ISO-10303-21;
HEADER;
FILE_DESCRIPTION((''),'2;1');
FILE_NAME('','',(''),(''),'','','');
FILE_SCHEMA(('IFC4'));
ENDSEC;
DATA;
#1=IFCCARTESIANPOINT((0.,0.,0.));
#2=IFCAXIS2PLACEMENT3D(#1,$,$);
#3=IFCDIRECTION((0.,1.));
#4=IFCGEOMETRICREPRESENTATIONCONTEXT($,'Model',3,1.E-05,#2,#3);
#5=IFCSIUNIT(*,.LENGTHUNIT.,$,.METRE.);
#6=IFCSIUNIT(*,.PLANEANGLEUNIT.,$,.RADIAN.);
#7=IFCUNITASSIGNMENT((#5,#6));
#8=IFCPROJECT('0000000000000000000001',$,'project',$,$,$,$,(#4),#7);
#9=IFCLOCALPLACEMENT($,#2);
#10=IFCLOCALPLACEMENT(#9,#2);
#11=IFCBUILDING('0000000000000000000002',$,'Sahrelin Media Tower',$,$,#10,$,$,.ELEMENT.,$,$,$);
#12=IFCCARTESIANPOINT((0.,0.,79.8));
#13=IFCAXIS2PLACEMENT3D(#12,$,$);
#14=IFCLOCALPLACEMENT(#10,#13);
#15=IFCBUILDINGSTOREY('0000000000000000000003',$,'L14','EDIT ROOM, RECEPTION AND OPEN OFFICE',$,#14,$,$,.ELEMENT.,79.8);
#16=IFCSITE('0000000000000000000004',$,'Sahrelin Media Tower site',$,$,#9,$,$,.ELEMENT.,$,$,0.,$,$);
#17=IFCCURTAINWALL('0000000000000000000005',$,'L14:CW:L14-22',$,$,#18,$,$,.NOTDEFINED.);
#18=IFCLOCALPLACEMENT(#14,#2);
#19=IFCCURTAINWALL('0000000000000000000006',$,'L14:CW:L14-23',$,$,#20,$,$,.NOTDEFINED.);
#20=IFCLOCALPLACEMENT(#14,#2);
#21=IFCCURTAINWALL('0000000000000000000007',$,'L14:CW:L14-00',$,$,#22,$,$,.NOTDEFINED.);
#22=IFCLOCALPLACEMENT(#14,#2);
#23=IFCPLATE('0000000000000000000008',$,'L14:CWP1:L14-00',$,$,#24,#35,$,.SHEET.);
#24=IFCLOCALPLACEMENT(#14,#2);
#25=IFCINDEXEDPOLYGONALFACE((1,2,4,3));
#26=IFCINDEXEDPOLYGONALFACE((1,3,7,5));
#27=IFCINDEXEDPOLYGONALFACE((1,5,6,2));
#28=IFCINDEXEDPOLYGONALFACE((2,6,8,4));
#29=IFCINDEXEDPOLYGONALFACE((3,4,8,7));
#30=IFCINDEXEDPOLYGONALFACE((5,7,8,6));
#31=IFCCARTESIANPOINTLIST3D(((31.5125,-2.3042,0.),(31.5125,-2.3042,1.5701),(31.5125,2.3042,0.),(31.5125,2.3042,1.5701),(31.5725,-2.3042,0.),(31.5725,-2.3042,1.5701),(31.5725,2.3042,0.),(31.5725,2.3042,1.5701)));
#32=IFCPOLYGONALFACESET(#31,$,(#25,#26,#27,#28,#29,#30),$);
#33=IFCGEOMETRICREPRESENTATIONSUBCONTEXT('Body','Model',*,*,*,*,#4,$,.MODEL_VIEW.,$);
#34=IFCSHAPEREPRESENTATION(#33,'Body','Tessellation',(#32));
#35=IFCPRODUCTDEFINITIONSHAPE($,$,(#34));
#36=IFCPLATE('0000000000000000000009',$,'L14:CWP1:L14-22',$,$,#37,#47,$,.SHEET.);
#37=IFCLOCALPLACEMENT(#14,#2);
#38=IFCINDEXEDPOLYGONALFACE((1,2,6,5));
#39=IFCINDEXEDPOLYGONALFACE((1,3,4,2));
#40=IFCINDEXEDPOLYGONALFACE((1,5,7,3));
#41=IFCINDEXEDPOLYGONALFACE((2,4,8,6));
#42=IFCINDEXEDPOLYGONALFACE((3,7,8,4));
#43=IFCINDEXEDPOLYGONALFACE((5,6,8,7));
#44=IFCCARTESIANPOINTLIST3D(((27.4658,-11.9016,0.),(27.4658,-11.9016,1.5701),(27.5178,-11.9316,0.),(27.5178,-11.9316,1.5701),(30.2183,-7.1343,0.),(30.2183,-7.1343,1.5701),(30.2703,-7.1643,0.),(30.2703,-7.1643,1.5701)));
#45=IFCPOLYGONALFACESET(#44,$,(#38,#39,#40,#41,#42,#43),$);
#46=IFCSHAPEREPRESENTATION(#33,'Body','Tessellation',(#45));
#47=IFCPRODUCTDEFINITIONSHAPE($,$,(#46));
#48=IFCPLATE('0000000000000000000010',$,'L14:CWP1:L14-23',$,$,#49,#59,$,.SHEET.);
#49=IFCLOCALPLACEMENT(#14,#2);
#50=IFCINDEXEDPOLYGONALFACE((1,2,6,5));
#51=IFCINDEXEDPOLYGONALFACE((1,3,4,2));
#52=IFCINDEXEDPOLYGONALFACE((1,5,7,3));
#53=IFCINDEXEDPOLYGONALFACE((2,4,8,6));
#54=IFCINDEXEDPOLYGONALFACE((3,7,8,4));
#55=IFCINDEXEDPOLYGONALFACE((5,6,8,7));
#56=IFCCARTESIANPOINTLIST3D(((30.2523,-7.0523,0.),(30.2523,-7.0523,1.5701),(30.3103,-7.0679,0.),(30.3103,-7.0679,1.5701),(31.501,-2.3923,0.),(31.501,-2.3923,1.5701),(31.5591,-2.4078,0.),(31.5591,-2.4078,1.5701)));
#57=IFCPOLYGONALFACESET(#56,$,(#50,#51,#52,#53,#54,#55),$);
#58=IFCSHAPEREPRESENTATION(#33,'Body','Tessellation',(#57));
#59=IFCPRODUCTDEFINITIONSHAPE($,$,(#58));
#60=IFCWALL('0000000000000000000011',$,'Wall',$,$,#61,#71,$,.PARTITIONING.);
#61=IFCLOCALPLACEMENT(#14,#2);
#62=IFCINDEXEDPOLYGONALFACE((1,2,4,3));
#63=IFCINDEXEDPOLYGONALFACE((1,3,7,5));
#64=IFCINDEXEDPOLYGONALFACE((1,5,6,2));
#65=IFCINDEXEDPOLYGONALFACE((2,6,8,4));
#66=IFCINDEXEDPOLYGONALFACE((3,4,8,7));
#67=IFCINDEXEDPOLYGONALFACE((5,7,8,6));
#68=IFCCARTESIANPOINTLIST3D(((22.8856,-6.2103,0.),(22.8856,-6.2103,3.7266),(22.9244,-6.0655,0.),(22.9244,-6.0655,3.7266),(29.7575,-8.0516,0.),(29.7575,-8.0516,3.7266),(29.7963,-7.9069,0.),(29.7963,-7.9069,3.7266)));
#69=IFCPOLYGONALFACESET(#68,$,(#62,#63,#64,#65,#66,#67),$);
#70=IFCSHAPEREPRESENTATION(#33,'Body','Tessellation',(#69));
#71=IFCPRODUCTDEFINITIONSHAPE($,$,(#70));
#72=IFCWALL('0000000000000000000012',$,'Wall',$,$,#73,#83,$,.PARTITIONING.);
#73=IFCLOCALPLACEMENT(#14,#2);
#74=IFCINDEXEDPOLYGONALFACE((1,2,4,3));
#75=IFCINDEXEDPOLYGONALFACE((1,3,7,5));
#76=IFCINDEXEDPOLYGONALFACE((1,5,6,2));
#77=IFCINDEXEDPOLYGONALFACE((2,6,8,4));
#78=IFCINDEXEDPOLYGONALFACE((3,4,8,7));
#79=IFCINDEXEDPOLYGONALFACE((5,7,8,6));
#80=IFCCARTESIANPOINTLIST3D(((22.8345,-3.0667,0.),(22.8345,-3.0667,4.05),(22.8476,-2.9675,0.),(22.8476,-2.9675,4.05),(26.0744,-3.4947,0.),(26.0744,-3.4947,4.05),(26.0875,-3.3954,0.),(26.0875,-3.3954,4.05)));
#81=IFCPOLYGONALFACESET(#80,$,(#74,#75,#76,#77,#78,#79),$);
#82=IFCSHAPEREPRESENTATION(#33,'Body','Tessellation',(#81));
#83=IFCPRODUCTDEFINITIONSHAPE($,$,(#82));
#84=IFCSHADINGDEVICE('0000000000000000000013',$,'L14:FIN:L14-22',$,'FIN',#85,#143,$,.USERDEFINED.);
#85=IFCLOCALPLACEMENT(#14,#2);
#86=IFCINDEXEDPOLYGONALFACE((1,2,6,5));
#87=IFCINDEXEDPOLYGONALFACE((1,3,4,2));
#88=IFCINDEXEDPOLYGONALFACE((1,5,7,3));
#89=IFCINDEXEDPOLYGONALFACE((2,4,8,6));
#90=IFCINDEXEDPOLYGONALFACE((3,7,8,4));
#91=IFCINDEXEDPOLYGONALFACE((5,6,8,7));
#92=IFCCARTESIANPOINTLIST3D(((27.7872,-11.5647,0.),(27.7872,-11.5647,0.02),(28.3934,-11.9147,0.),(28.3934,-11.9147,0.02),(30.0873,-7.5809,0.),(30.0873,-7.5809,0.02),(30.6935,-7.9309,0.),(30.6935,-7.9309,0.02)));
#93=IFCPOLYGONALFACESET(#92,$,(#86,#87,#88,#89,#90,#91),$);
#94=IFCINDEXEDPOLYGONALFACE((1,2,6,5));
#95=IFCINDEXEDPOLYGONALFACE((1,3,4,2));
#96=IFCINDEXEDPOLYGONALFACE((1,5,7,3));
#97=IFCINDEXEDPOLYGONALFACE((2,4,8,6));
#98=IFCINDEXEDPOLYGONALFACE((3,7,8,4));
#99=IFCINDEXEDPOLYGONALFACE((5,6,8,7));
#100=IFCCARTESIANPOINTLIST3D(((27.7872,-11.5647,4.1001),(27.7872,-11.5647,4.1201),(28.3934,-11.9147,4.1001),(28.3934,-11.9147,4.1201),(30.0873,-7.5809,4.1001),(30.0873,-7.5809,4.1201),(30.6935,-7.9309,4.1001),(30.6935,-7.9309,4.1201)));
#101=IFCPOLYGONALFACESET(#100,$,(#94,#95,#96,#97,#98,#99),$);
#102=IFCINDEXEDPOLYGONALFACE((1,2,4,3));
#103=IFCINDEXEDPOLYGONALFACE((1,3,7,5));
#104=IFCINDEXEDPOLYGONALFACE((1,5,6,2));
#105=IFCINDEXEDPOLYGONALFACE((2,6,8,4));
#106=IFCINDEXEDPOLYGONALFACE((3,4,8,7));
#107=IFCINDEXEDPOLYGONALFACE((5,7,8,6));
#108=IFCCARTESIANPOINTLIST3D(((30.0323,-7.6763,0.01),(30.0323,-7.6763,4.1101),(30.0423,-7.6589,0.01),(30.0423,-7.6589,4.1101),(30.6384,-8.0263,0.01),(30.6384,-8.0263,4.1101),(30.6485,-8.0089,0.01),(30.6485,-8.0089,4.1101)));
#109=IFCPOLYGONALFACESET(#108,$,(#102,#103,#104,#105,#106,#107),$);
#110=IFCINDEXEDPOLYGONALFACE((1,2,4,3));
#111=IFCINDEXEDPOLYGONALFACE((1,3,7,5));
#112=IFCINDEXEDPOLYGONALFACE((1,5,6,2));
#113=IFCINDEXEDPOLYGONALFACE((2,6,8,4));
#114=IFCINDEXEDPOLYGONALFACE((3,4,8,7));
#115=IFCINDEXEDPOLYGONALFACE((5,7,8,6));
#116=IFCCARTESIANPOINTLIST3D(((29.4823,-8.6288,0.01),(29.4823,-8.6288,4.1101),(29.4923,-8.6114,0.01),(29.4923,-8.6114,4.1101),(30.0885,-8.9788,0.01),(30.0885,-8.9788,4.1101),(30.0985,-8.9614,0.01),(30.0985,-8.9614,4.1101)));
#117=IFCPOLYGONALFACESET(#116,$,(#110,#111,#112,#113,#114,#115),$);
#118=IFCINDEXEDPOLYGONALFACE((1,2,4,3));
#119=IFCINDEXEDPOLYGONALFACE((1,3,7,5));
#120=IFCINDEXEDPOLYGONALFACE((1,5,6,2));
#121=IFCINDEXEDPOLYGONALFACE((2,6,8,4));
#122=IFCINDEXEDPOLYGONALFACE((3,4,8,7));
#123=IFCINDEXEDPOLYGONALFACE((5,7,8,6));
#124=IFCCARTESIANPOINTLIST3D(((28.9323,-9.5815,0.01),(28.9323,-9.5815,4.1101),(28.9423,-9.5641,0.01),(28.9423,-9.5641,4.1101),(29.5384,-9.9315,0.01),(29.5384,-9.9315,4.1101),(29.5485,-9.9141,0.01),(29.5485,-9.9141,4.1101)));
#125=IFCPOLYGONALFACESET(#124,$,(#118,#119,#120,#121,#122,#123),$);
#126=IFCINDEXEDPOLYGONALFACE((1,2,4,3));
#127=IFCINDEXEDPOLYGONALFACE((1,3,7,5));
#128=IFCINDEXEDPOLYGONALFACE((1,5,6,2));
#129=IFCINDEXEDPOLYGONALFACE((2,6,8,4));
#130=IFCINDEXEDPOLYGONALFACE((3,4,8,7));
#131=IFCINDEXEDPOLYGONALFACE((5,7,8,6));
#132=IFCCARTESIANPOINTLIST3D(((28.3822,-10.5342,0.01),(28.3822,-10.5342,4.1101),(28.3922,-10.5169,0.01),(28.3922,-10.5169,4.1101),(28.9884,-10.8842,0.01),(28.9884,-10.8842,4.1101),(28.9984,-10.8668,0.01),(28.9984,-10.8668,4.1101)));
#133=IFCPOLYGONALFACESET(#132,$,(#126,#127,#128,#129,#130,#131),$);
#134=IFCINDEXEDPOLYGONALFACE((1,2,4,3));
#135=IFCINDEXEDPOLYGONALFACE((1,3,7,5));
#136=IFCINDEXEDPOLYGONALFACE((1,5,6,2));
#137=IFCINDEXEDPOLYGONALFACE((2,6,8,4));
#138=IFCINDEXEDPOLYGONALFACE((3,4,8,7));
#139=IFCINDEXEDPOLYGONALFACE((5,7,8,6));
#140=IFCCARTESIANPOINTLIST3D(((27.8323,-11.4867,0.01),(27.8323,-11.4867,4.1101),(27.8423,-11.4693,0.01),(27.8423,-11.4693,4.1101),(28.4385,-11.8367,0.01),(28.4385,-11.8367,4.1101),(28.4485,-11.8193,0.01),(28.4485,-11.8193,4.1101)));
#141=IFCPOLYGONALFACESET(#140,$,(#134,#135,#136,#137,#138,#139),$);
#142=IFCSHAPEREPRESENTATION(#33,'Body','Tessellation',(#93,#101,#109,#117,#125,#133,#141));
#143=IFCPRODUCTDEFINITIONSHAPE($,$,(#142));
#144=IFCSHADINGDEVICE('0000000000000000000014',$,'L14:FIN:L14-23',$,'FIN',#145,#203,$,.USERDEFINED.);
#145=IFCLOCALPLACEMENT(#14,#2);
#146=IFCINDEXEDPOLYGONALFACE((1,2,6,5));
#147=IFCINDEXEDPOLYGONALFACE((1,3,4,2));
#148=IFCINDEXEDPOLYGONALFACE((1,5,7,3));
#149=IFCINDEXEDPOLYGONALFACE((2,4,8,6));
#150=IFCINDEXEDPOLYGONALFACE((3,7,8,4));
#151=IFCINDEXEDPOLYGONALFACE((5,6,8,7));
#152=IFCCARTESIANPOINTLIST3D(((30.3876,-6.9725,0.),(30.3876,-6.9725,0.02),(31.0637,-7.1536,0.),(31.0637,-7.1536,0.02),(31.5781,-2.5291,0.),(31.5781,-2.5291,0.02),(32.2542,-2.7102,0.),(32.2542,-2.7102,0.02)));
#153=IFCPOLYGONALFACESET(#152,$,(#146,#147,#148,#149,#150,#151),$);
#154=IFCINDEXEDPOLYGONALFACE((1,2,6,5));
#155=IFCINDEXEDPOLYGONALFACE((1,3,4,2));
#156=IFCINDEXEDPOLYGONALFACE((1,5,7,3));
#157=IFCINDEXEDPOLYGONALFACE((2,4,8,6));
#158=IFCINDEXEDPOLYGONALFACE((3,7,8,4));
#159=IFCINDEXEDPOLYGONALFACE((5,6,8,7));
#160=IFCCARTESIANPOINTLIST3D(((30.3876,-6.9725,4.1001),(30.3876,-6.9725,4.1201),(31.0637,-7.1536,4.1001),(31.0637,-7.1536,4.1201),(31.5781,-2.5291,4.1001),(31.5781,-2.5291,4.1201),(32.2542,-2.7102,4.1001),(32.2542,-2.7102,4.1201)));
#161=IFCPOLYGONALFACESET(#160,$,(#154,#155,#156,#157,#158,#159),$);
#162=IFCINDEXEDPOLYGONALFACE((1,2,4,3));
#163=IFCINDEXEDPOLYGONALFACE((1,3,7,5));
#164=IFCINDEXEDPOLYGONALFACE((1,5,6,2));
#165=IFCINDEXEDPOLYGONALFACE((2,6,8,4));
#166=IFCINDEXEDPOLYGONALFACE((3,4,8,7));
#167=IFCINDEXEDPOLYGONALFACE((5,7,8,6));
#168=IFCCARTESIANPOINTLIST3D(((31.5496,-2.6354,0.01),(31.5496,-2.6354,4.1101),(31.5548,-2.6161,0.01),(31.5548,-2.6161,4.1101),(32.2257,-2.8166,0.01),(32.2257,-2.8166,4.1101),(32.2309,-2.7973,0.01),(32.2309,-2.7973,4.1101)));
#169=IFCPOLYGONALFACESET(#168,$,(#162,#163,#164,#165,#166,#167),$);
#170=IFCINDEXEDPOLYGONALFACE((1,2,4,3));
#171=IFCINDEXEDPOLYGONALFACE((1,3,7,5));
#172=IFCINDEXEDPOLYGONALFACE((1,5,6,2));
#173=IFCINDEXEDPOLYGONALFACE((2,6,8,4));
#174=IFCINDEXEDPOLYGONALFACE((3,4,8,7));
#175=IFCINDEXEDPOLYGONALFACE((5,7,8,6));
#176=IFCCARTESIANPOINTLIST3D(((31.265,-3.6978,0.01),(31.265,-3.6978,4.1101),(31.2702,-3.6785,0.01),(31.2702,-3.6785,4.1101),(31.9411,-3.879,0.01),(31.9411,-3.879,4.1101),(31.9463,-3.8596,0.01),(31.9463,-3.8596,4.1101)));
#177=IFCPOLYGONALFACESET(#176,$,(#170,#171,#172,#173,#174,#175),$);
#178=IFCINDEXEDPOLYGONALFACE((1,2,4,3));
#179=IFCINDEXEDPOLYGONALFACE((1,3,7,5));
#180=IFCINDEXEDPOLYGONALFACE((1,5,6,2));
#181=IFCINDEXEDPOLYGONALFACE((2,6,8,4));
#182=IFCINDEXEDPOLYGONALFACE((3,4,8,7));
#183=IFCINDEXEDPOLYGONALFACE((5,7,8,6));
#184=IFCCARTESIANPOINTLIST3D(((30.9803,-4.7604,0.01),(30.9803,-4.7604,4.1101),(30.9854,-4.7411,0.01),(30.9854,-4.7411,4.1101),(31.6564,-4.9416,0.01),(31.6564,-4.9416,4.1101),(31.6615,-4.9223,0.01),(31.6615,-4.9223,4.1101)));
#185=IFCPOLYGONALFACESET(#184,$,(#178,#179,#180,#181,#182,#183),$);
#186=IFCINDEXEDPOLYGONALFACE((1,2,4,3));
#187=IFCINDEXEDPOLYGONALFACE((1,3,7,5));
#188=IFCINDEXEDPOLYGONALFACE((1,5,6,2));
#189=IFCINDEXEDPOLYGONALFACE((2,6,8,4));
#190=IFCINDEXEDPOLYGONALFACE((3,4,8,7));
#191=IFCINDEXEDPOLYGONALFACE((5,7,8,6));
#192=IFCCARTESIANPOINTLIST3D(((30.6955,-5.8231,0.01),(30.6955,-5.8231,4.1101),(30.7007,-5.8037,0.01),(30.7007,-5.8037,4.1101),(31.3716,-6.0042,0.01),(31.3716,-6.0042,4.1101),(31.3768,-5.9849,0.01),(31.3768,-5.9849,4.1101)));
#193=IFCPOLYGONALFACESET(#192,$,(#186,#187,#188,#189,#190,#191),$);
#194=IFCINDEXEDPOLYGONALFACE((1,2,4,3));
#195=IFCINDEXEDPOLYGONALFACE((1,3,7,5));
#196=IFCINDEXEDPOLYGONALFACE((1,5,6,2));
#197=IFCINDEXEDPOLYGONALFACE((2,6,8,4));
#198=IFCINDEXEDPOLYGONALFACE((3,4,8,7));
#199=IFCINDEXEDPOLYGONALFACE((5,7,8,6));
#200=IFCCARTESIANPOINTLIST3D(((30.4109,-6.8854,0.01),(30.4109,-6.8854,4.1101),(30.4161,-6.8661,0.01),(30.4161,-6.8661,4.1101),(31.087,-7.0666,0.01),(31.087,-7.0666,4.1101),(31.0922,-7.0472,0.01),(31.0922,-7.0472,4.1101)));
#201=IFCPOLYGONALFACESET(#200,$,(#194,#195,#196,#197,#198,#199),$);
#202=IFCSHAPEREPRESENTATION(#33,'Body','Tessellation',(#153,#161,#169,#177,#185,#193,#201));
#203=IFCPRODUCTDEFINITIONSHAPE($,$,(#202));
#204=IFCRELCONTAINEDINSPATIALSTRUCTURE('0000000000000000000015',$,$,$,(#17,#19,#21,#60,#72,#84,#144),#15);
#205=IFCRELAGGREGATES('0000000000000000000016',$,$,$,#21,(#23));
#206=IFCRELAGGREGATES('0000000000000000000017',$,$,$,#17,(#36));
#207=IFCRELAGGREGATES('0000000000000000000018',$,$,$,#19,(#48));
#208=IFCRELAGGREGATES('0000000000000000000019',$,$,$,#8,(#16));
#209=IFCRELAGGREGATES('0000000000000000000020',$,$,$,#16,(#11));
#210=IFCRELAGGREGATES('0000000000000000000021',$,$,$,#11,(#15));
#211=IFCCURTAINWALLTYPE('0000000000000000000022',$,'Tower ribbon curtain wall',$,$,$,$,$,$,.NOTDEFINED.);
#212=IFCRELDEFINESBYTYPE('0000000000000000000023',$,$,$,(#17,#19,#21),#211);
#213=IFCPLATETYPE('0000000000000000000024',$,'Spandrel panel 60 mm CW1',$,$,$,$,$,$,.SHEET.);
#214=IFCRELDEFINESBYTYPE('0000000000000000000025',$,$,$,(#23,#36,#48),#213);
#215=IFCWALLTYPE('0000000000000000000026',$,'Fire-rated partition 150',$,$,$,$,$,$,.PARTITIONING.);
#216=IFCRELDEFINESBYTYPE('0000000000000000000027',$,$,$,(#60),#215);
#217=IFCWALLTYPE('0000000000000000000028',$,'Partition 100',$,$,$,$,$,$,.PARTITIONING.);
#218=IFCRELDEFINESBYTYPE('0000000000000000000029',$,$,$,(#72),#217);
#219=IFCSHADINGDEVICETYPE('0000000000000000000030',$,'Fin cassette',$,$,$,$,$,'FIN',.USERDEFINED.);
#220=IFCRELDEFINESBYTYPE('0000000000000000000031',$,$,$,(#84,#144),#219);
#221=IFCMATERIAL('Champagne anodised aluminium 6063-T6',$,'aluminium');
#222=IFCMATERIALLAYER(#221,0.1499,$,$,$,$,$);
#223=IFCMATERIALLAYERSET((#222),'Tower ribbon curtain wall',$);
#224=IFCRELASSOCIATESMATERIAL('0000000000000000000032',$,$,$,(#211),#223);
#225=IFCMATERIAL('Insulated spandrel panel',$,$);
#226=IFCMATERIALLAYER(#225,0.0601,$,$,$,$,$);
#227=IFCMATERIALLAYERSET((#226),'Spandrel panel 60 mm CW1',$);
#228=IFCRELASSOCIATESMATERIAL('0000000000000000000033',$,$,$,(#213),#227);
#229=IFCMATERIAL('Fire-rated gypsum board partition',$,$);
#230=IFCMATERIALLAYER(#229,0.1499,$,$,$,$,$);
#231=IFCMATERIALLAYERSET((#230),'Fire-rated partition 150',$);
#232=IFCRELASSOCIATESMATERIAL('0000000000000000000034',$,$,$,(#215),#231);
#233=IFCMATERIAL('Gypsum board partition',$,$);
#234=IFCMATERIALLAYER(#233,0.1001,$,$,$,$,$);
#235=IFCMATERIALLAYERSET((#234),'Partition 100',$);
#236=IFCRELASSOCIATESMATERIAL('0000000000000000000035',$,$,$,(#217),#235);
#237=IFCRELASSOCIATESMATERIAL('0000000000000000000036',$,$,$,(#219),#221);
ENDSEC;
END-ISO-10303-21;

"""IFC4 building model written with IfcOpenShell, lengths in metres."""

from ifc_helpers import new_model, si_unit, direction, frame, frame_2d, origin, origin_2d, place, context, subcontext, project, spatial, polyline, rectangle, outline, extrude, material, layer, layer_set, type_object, element, aggregate, save


model = new_model("IFC4")

# Units and contexts
model_context = context("Model", 3, precision=1e-05, world=origin(), true_north=direction((0.0, 1.0)))
body_context = subcontext(model_context, "Body", "Model", "MODEL_VIEW")
ifc_project = project(units=[si_unit("LENGTHUNIT", "METRE"), si_unit("PLANEANGLEUNIT", "RADIAN")], contexts=[model_context])

# Site, building, storey
site_placement = place(None, origin())
site = spatial("IfcSite", under=ifc_project, at=site_placement, Name="Sahrelin Media Tower site", CompositionType="ELEMENT", RefElevation=0.0)
building_placement = place(site_placement, origin())
building = spatial("IfcBuilding", under=site, at=building_placement, Name="Sahrelin Media Tower", CompositionType="ELEMENT")
storey_placement = place(building_placement, frame((0.0, 0.0, 79.8)))
storey = spatial("IfcBuildingStorey", under=building, at=storey_placement, Name="L14", Description="EDIT ROOM, RECEPTION AND OPEN OFFICE", CompositionType="ELEMENT", Elevation=79.8)

# Curtain walls
ifc_material_1 = material(Name="Champagne anodised aluminium 6063-T6", Category="aluminium")
ifc_layer_1 = layer(ifc_material_1, 0.1499)
ifc_layer_set_1 = layer_set([ifc_layer_1], Name="Tower ribbon curtain wall")
curtain_wall_type = type_object("IfcCurtainWallType", Name="Tower ribbon curtain wall", PredefinedType="NOTDEFINED", material=ifc_layer_set_1)
curtain_wall_1_placement = place(storey_placement, frame((28.8767, -9.5378, 0.0), z_axis=(0.0, 0.0, 1.0), x_axis=(1.0, 0.0, 0.0)))
curtain_wall_1 = element("IfcCurtainWall", 1, at=curtain_wall_1_placement, inside=storey, type_object=curtain_wall_type, Name="L14:CW:L14-22", PredefinedType="NOTDEFINED")
curtain_wall_2_placement = place(storey_placement, frame((30.9153, -4.7327, 0.0), z_axis=(0.0, 0.0, 1.0), x_axis=(1.0, 0.0, 0.0)))
curtain_wall_2 = element("IfcCurtainWall", 2, at=curtain_wall_2_placement, inside=storey, type_object=curtain_wall_type, Name="L14:CW:L14-23", PredefinedType="NOTDEFINED")

# Curtain wall
curtain_wall_3_placement = place(storey_placement, frame((31.5525, 0.0, 0.0), z_axis=(0.0, 0.0, 1.0), x_axis=(1.0, 0.0, 0.0)))
curtain_wall_3 = element("IfcCurtainWall", 3, at=curtain_wall_3_placement, inside=storey, type_object=curtain_wall_type, Name="L14:CW:L14-00", PredefinedType="NOTDEFINED")

# Plates
ifc_material_2 = material(Name="Insulated spandrel panel")
ifc_layer_2 = layer(ifc_material_2, 0.0601)
ifc_layer_set_2 = layer_set([ifc_layer_2], Name="Spandrel panel 60 mm CW1")
plate_type_1 = type_object("IfcPlateType", Name="Spandrel panel 60 mm CW1", PredefinedType="SHEET", material=ifc_layer_set_2)
plate_1_placement = place(storey_placement, frame((31.5725, -2.3042, 0.0), z_axis=(1.0, 0.0, 0.0), x_axis=(0.0, 1.0, 0.0)))
plate_1 = element("IfcPlate", 4, at=plate_1_placement, type_object=plate_type_1, Name="L14:CWP1:L14-00", PredefinedType="SHEET", context=body_context, shape_type="SweptSolid", body=[
    extrude(outline(polyline([(0.0, 0.0), (4.6084, 0.0), (4.6084, 1.5701), (0.0, 1.5701), (0.0, 0.0)])), origin(), (0.0, 0.0, -1.0), 0.0601),
])
aggregate(curtain_wall_3, [plate_1])
plate_2_placement = place(storey_placement, frame((27.5178, -11.9316, 0.0), z_axis=(0.866024, -0.500003, 0.0), x_axis=(0.500003, 0.866024, 0.0)))
plate_2 = element("IfcPlate", 5, at=plate_2_placement, type_object=plate_type_1, Name="L14:CWP1:L14-22", PredefinedType="SHEET", context=body_context, shape_type="SweptSolid", body=[
    extrude(outline(polyline([(0.0, 0.0), (5.5049, 0.0), (5.5049, 1.5701), (0.0, 1.5701), (0.0, 0.0)])), origin(), (0.0, 0.0, -1.0), 0.0601),
])
aggregate(curtain_wall_1, [plate_2])
plate_3_placement = place(storey_placement, frame((30.3103, -7.0679, 0.0), z_axis=(0.965921, -0.258837, 0.0), x_axis=(0.258837, 0.965921, 0.0)))
plate_3 = element("IfcPlate", 6, at=plate_3_placement, type_object=plate_type_1, Name="L14:CWP1:L14-23", PredefinedType="SHEET", context=body_context, shape_type="SweptSolid", body=[
    extrude(outline(polyline([(0.0, 0.0), (4.8245, 0.0), (4.8245, 1.5701), (0.0, 1.5701), (0.0, 0.0)])), origin(), (0.0, 0.0, -1.0), 0.0601),
])
aggregate(curtain_wall_2, [plate_3])

# Walls
ifc_material_3 = material(Name="Fire-rated gypsum board partition")
ifc_layer_3 = layer(ifc_material_3, 0.1499)
ifc_layer_set_3 = layer_set([ifc_layer_3], Name="Fire-rated partition 150")
wall_type_1 = type_object("IfcWallType", Name="Fire-rated partition 150", PredefinedType="PARTITIONING", material=ifc_layer_set_3)
wall_1_placement = place(storey_placement, frame((22.905, -6.1379, 0.0), z_axis=(0.0, 0.0, 1.0), x_axis=(0.965926, -0.25882, 0.0)))
element("IfcWall", 7, at=wall_1_placement, inside=storey, type_object=wall_type_1, Name="Wall", PredefinedType="PARTITIONING", context=body_context, shape_type="SweptSolid", body=[
    extrude(rectangle(XDim=7.1143, YDim=0.1499, at=frame_2d((3.5571, 0.0))), origin(), (0.0, 0.0, 1.0), 3.7266),
])
ifc_material_4 = material(Name="Gypsum board partition")
ifc_layer_4 = layer(ifc_material_4, 0.1001)
ifc_layer_set_4 = layer_set([ifc_layer_4], Name="Partition 100")
wall_type_2 = type_object("IfcWallType", Name="Partition 100", PredefinedType="PARTITIONING", material=ifc_layer_set_4)
wall_2_placement = place(storey_placement, frame((22.8411, -3.0171, 0.0), z_axis=(0.0, 0.0, 1.0), x_axis=(0.991388, -0.130955, 0.0)))
element("IfcWall", 8, at=wall_2_placement, inside=storey, type_object=wall_type_2, Name="Wall", PredefinedType="PARTITIONING", context=body_context, shape_type="SweptSolid", body=[
    extrude(rectangle(XDim=3.2681, YDim=0.1001, at=frame_2d((1.634, 0.0))), origin(), (0.0, 0.0, 1.0), 4.05),
])

# Shading devices
shading_device_type_1 = type_object("IfcShadingDeviceType", Name="Fin cassette", ElementType="FIN", PredefinedType="USERDEFINED", material=ifc_material_1)
placement_1 = place(storey_placement, frame((28.8767, -9.5378, 0.0), z_axis=(0.0, 0.0, 1.0), x_axis=(-0.500011, -0.866019, 0.0)))
element("IfcShadingDevice", 9, at=placement_1, inside=storey, type_object=shading_device_type_1, Name="L14:FIN:L14-22", ObjectType="FIN", PredefinedType="USERDEFINED", context=body_context, shape_type="SweptSolid", body=[
    extrude(rectangle(XDim=4.6001, YDim=0.7, at=origin_2d()), frame((0.0, 0.4199, 0.0)), (0.0, 0.0, 1.0), 0.02),
    extrude(rectangle(XDim=4.6001, YDim=0.7, at=origin_2d()), frame((0.0, 0.4199, 4.1001)), (0.0, 0.0, 1.0), 0.02),
    extrude(rectangle(XDim=0.02, YDim=0.7, at=origin_2d()), frame((-2.2, 0.4199, 0.01), z_axis=(0.0, 0.0, 1.0), x_axis=(1.0, 0.0, 0.0)), (0.0, 0.0, 1.0), 4.1001),
    extrude(rectangle(XDim=0.02, YDim=0.7, at=origin_2d()), frame((-1.1001, 0.4199, 0.01), z_axis=(0.0, 0.0, 1.0), x_axis=(1.0, 0.0, 0.0)), (0.0, 0.0, 1.0), 4.1001),
    extrude(rectangle(XDim=0.02, YDim=0.7, at=origin_2d()), frame((0.0, 0.4199, 0.01), z_axis=(0.0, 0.0, 1.0), x_axis=(1.0, 0.0, 0.0)), (0.0, 0.0, 1.0), 4.1001),
    extrude(rectangle(XDim=0.02, YDim=0.7, at=origin_2d()), frame((1.1001, 0.4199, 0.01), z_axis=(0.0, 0.0, 1.0), x_axis=(1.0, 0.0, 0.0)), (0.0, 0.0, 1.0), 4.1001),
    extrude(rectangle(XDim=0.02, YDim=0.7, at=origin_2d()), frame((2.2, 0.4199, 0.01), z_axis=(0.0, 0.0, 1.0), x_axis=(1.0, 0.0, 0.0)), (0.0, 0.0, 1.0), 4.1001),
])
placement_2 = place(storey_placement, frame((30.9153, -4.7327, 0.0), z_axis=(0.0, 0.0, 1.0), x_axis=(-0.258808, -0.965929, 0.0)))
element("IfcShadingDevice", 10, at=placement_2, inside=storey, type_object=shading_device_type_1, Name="L14:FIN:L14-23", ObjectType="FIN", PredefinedType="USERDEFINED", context=body_context, shape_type="SweptSolid", body=[
    extrude(rectangle(XDim=4.6001, YDim=0.7, at=origin_2d()), frame((0.0, 0.4199, 0.0)), (0.0, 0.0, 1.0), 0.02),
    extrude(rectangle(XDim=4.6001, YDim=0.7, at=origin_2d()), frame((0.0, 0.4199, 4.1001)), (0.0, 0.0, 1.0), 0.02),
    extrude(rectangle(XDim=0.02, YDim=0.7, at=origin_2d()), frame((-2.2, 0.4199, 0.01), z_axis=(0.0, 0.0, 1.0), x_axis=(1.0, 0.0, 0.0)), (0.0, 0.0, 1.0), 4.1001),
    extrude(rectangle(XDim=0.02, YDim=0.7, at=origin_2d()), frame((-1.1001, 0.4199, 0.01), z_axis=(0.0, 0.0, 1.0), x_axis=(1.0, 0.0, 0.0)), (0.0, 0.0, 1.0), 4.1001),
    extrude(rectangle(XDim=0.02, YDim=0.7, at=origin_2d()), frame((0.0, 0.4199, 0.01), z_axis=(0.0, 0.0, 1.0), x_axis=(1.0, 0.0, 0.0)), (0.0, 0.0, 1.0), 4.1001),
    extrude(rectangle(XDim=0.02, YDim=0.7, at=origin_2d()), frame((1.1001, 0.4199, 0.01), z_axis=(0.0, 0.0, 1.0), x_axis=(1.0, 0.0, 0.0)), (0.0, 0.0, 1.0), 4.1001),
    extrude(rectangle(XDim=0.02, YDim=0.7, at=origin_2d()), frame((2.2, 0.4199, 0.01), z_axis=(0.0, 0.0, 1.0), x_axis=(1.0, 0.0, 0.0)), (0.0, 0.0, 1.0), 4.1001),
])

save(model, "model.ifc")
